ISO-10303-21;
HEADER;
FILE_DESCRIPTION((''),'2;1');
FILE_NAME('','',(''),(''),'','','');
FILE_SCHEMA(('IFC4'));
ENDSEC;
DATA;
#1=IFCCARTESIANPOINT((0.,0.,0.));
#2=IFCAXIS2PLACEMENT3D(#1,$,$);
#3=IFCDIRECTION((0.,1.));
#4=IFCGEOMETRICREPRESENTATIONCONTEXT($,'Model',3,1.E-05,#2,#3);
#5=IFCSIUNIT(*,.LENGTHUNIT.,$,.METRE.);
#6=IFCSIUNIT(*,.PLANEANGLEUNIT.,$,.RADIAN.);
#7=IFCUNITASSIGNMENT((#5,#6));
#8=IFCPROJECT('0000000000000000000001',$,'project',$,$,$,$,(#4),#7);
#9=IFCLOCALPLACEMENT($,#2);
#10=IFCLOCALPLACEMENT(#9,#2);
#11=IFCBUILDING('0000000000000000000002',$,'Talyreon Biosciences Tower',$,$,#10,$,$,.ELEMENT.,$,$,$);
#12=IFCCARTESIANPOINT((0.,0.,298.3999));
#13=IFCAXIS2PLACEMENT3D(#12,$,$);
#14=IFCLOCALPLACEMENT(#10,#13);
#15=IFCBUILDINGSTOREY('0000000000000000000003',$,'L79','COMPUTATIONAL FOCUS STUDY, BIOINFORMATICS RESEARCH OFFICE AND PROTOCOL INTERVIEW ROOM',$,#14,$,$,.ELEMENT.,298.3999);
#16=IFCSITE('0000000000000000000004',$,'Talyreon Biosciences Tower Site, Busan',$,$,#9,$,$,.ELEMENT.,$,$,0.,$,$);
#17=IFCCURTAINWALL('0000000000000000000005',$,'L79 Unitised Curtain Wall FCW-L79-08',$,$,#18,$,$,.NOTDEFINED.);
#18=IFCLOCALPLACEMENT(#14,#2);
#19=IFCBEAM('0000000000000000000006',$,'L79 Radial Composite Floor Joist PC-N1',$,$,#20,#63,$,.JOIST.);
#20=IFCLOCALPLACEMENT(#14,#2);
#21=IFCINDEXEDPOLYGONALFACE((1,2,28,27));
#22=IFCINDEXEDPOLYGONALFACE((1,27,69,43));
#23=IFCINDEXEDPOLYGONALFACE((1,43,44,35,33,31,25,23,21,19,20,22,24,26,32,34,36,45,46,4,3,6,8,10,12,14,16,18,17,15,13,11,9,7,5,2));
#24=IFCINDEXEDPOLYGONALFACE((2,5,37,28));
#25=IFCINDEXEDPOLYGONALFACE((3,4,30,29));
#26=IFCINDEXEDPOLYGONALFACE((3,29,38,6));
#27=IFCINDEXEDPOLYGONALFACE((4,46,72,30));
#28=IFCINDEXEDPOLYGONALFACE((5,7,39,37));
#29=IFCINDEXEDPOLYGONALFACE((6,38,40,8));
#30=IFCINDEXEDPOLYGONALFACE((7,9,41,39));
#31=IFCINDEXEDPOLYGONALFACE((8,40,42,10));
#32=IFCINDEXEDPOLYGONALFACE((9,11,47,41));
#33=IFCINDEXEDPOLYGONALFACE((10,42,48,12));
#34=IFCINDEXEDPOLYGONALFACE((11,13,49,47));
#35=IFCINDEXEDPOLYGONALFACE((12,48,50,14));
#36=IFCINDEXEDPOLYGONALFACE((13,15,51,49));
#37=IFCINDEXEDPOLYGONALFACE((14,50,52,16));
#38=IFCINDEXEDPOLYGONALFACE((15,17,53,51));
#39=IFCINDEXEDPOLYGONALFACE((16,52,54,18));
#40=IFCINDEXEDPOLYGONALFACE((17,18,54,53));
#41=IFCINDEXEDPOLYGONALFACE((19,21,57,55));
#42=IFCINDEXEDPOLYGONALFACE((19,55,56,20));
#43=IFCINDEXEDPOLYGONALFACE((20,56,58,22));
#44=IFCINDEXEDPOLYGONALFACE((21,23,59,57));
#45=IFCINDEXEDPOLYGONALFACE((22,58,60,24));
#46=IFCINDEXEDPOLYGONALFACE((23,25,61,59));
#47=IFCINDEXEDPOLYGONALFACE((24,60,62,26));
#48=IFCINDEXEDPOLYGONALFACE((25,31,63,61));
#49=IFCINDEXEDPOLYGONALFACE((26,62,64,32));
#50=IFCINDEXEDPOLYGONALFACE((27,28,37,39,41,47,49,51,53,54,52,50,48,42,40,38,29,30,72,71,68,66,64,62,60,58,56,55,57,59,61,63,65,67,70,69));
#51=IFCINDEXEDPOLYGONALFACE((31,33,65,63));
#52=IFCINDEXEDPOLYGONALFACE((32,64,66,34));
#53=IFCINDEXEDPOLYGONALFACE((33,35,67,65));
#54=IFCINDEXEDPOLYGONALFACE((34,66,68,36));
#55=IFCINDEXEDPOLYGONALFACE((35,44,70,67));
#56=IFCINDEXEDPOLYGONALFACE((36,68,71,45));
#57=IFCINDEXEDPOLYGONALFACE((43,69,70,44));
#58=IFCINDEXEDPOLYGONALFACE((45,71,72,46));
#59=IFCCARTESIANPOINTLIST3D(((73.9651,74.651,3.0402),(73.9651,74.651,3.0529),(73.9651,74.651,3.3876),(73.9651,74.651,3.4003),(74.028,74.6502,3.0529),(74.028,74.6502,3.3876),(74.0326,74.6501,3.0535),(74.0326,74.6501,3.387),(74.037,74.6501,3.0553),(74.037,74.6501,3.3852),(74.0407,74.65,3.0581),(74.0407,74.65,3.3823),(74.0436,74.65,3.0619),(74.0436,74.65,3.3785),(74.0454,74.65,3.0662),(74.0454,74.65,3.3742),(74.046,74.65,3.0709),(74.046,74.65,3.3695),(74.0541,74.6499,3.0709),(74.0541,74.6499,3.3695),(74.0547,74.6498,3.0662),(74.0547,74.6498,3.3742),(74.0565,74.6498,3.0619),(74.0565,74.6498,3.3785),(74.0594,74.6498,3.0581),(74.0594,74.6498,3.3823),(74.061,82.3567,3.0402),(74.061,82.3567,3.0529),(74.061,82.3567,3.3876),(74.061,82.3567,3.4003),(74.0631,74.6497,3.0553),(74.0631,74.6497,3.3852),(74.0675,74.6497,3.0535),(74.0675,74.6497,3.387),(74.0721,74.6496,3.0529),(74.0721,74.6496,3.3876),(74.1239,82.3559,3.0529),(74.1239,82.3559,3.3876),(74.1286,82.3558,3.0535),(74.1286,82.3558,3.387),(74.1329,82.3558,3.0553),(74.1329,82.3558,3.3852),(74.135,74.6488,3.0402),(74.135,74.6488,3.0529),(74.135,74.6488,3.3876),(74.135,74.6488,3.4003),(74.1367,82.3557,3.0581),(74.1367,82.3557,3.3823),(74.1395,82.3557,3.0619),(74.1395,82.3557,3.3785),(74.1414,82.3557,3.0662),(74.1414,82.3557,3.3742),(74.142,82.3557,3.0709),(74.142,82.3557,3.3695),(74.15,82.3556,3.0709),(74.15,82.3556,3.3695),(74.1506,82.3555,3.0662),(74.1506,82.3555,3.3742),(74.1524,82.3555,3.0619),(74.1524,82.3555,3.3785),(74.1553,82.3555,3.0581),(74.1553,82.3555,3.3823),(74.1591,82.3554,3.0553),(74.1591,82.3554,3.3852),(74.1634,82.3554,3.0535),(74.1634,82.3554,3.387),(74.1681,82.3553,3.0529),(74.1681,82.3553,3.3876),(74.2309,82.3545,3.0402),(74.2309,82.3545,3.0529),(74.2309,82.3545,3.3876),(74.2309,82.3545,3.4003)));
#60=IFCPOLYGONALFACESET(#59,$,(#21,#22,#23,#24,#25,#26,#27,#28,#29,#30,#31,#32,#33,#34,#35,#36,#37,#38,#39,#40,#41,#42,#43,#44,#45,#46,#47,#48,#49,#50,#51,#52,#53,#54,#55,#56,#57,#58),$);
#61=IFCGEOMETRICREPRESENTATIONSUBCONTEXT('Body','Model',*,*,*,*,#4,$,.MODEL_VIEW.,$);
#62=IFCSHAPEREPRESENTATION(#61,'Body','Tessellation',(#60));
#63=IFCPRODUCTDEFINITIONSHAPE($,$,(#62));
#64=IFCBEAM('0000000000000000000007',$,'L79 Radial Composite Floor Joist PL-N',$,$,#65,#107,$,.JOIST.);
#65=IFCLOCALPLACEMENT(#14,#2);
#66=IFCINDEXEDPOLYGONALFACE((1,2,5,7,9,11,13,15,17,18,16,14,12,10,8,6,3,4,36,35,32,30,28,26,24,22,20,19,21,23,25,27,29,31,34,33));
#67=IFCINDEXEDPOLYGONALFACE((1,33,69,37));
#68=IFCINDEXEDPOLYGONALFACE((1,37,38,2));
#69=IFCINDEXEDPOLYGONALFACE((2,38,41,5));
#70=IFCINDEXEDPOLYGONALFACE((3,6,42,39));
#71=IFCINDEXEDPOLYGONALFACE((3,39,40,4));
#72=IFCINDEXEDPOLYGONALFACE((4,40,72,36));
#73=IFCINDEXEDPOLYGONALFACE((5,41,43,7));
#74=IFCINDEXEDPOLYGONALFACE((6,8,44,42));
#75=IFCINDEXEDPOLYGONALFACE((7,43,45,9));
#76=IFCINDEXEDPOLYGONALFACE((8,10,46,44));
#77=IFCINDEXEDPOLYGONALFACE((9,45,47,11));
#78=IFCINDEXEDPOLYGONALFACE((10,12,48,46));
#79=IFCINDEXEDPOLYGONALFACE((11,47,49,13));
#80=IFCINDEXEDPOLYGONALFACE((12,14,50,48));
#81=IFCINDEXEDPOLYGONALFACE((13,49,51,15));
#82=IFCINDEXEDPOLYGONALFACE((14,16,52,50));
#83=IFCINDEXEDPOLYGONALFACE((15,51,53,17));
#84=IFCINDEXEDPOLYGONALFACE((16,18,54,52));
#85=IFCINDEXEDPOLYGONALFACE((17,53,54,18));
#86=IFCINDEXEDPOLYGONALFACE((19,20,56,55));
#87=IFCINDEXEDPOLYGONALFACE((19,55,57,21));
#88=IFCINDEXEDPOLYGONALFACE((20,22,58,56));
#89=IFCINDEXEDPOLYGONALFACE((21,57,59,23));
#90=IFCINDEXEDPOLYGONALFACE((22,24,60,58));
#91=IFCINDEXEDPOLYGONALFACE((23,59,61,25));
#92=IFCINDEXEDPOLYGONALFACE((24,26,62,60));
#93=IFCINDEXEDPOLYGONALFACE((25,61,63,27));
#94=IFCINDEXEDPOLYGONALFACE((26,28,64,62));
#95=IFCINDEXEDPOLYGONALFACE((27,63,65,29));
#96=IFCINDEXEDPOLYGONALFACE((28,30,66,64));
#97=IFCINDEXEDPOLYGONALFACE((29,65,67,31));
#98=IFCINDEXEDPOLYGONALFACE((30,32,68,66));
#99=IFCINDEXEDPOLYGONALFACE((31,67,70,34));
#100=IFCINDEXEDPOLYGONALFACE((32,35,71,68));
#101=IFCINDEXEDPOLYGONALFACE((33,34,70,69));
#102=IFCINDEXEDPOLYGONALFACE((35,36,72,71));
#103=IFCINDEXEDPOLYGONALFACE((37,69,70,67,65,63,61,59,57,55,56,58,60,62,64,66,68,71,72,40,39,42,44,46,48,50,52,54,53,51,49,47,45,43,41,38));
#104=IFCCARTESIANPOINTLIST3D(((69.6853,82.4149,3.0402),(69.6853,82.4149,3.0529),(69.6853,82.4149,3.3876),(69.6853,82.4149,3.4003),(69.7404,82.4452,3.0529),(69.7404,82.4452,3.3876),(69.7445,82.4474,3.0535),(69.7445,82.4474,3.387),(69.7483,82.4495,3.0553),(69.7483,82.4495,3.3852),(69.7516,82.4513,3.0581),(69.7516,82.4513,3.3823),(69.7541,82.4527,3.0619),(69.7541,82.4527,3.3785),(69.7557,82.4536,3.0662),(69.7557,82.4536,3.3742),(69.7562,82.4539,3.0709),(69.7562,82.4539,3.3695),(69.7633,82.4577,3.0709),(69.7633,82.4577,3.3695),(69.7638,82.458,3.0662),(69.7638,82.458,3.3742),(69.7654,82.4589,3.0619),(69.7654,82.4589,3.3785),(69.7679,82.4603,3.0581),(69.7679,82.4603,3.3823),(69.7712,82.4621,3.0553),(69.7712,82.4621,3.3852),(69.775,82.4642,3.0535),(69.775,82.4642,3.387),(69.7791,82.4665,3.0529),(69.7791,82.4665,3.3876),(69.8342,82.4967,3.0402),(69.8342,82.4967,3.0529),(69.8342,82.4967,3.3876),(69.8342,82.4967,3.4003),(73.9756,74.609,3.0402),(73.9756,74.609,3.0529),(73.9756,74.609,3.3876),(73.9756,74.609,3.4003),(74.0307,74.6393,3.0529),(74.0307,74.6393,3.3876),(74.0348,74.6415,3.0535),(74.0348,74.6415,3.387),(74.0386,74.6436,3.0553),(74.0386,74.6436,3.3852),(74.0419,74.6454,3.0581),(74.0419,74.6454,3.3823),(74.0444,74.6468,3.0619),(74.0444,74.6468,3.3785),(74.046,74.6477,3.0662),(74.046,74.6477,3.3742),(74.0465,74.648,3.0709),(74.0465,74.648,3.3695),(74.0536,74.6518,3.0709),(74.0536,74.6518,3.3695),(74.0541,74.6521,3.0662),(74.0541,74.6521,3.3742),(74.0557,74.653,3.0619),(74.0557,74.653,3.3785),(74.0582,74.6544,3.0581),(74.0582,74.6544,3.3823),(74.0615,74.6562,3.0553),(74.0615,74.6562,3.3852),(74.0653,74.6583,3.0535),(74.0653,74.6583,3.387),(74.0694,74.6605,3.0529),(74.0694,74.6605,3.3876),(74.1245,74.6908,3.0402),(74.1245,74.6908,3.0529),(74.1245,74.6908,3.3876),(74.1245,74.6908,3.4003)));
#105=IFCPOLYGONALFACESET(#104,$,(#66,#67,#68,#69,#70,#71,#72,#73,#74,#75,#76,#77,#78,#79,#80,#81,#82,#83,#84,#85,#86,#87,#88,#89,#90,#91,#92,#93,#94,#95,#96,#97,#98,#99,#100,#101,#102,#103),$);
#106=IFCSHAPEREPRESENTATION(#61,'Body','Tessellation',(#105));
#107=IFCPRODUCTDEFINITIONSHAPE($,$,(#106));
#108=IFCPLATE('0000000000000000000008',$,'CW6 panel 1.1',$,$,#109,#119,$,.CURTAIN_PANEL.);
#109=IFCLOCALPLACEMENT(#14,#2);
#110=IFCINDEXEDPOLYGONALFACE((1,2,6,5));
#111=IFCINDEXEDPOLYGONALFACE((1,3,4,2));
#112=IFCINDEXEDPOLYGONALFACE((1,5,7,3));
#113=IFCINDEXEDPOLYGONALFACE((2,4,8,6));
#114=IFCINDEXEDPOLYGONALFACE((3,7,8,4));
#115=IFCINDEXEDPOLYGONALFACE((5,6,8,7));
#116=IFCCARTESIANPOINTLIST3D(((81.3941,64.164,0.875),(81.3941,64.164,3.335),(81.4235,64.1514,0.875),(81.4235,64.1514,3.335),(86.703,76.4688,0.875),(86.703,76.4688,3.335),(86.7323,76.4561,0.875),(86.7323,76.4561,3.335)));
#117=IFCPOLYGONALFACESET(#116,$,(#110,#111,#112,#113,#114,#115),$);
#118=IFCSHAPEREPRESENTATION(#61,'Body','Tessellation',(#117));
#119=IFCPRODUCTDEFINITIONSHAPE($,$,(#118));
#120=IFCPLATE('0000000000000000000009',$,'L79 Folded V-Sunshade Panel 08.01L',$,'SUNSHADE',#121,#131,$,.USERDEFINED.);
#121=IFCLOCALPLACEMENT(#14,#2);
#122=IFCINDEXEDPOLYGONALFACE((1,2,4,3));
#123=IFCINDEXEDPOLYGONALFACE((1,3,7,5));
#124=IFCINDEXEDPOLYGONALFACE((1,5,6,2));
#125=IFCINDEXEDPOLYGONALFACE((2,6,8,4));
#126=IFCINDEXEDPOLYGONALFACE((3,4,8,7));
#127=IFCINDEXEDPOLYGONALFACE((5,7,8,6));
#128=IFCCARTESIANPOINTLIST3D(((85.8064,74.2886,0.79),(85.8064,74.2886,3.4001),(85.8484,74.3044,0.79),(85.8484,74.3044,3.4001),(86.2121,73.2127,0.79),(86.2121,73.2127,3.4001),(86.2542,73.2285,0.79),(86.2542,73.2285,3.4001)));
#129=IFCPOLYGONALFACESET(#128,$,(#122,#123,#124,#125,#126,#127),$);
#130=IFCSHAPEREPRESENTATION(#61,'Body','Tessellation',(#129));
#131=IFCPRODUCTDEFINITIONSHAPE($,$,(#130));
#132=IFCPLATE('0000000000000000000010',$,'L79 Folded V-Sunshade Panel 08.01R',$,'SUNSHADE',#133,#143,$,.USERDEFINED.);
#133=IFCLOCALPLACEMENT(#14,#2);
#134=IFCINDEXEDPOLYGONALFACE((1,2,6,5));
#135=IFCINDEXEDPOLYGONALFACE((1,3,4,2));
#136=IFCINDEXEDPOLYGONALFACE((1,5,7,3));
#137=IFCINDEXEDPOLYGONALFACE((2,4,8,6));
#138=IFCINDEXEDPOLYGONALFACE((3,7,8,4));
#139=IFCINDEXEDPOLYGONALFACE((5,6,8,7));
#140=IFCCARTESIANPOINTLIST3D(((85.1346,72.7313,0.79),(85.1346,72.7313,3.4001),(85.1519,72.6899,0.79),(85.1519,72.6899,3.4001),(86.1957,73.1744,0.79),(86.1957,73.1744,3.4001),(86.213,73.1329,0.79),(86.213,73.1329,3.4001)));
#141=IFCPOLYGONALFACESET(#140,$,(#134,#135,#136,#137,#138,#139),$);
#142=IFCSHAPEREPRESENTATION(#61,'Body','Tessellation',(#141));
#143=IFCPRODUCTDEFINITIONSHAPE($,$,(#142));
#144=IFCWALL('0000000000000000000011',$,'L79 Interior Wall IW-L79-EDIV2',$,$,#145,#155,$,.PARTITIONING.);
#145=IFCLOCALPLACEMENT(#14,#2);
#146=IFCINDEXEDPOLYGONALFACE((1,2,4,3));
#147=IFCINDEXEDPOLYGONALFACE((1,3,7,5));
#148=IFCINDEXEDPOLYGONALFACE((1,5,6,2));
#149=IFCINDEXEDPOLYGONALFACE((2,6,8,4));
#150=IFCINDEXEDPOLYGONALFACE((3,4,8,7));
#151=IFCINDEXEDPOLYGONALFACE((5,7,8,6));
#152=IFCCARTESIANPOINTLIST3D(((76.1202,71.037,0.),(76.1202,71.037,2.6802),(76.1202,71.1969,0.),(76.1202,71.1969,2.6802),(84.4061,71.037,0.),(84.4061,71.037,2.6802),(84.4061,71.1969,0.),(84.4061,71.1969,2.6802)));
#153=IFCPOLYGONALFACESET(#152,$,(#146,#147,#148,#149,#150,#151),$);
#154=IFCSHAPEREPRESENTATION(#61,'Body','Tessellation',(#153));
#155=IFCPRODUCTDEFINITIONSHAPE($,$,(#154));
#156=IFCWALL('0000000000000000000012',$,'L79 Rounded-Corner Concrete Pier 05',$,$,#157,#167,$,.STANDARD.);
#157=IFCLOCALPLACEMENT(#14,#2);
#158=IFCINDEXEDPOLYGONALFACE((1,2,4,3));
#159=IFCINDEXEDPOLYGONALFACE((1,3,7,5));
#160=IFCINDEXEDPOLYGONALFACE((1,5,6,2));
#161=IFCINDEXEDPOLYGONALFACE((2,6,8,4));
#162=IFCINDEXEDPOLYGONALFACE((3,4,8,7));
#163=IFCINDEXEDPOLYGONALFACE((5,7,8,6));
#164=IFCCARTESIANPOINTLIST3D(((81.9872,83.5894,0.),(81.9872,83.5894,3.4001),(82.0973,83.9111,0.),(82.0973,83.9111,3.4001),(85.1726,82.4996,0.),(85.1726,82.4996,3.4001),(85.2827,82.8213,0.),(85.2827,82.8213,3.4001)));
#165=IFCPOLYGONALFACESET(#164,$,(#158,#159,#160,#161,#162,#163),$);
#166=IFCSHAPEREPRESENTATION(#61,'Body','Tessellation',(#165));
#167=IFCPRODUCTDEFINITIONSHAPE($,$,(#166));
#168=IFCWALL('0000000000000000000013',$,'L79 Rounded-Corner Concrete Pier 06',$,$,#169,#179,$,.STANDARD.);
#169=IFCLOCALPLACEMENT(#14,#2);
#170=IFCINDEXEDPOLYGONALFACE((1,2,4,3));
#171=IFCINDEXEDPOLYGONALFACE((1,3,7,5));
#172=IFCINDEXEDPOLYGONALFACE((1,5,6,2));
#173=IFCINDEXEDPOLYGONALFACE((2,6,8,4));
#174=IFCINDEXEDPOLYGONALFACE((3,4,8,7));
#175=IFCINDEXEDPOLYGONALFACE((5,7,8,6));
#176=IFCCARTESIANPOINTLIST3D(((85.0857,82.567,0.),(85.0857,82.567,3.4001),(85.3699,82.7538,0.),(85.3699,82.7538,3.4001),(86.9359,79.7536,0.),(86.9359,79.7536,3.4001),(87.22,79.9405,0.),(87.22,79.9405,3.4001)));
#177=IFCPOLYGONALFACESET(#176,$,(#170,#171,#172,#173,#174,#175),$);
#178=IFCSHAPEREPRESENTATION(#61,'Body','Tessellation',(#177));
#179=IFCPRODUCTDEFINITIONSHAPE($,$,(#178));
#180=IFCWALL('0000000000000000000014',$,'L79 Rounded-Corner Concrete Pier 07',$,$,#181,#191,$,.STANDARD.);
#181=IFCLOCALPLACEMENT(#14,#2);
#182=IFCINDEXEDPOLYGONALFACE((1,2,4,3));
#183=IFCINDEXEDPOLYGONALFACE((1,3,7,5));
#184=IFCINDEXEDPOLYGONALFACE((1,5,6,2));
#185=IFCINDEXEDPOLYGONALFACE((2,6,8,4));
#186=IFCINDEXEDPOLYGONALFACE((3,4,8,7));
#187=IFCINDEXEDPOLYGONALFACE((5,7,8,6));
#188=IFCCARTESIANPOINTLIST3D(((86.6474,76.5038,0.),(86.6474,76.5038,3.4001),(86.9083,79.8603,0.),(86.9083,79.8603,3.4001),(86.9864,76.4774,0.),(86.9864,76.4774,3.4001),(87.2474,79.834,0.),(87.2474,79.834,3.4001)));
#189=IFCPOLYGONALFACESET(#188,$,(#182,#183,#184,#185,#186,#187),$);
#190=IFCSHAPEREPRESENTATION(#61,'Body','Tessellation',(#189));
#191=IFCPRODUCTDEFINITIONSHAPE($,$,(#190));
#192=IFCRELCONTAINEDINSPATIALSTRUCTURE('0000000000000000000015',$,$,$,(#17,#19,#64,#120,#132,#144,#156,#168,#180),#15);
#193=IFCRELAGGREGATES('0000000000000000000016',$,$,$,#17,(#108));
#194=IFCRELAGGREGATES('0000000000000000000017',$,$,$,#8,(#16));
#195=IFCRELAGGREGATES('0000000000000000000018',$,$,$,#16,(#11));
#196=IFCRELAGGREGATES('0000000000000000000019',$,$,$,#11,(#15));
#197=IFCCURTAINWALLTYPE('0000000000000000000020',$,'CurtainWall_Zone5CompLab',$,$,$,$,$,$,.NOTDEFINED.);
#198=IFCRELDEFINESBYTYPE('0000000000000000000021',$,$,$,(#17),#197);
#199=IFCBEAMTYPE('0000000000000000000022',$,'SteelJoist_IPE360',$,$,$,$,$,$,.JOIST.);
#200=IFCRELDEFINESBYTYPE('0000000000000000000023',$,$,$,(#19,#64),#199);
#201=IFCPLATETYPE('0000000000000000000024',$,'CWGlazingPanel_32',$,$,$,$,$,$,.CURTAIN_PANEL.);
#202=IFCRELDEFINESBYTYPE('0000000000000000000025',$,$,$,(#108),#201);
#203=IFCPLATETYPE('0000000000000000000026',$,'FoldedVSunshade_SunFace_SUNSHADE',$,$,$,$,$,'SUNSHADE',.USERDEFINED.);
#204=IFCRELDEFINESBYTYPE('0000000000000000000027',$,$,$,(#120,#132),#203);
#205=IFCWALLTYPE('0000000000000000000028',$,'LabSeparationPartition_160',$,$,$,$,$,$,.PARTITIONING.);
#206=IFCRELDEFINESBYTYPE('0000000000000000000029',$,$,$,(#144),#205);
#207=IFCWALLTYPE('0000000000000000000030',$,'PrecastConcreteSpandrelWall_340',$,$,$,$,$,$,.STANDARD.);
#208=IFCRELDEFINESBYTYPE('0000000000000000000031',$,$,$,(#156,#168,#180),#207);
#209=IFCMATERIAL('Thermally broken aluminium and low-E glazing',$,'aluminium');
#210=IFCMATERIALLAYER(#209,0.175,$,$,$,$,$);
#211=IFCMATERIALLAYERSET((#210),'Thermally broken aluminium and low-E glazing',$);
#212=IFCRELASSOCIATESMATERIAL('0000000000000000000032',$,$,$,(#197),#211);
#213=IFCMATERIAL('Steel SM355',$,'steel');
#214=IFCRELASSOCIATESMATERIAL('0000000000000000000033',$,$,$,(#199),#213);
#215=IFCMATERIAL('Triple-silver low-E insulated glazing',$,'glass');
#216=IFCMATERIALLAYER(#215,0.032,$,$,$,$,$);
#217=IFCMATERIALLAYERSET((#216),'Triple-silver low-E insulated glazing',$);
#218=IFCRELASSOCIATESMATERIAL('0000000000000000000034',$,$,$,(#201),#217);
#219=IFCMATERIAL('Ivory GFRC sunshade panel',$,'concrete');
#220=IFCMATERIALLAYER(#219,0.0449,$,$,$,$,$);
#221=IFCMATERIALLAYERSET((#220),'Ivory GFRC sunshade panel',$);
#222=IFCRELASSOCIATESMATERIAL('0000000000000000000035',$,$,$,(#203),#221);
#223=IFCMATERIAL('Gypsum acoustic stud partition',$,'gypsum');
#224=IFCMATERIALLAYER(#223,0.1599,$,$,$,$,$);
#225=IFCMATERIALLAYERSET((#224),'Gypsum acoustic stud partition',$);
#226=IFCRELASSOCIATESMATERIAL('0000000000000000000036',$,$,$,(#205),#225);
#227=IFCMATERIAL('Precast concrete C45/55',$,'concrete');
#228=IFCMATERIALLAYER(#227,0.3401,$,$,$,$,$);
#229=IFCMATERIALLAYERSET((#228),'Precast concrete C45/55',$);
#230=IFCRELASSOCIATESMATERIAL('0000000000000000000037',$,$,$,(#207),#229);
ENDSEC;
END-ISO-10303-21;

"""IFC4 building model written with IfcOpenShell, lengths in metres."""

from ifc_helpers import new_model, si_unit, direction, frame, frame_2d, origin, origin_2d, place, context, subcontext, project, spatial, rectangle, i_section, extrude, material, layer, layer_set, material_profile, profile_set, type_object, element, aggregate, save


model = new_model("IFC4")

# Units and contexts
model_context = context("Model", 3, precision=1e-05, world=origin(), true_north=direction((0.0, 1.0)))
body_context = subcontext(model_context, "Body", "Model", "MODEL_VIEW")
ifc_project = project(units=[si_unit("LENGTHUNIT", "METRE"), si_unit("PLANEANGLEUNIT", "RADIAN")], contexts=[model_context])

# Site, building, storey
site_placement = place(None, origin())
site = spatial("IfcSite", under=ifc_project, at=site_placement, Name="Talyreon Biosciences Tower Site, Busan", CompositionType="ELEMENT", RefElevation=0.0)
building_placement = place(site_placement, origin())
building = spatial("IfcBuilding", under=site, at=building_placement, Name="Talyreon Biosciences Tower", CompositionType="ELEMENT")
storey_placement = place(building_placement, frame((0.0, 0.0, 298.3999)))
storey = spatial("IfcBuildingStorey", under=building, at=storey_placement, Name="L79", Description="COMPUTATIONAL FOCUS STUDY, BIOINFORMATICS RESEARCH OFFICE AND PROTOCOL INTERVIEW ROOM", CompositionType="ELEMENT", Elevation=298.3999)

# Shared definitions
ifc_material_1 = material(Name="Thermally broken aluminium and low-E glazing", Category="aluminium")
ifc_layer_1 = layer(ifc_material_1, 0.175)
ifc_layer_set_1 = layer_set([ifc_layer_1], Name="Thermally broken aluminium and low-E glazing")
curtain_wall_type = type_object("IfcCurtainWallType", Name="CurtainWall_Zone5CompLab", PredefinedType="NOTDEFINED", material=ifc_layer_set_1)

# Curtain wall
curtain_wall_1_placement = place(storey_placement, origin())
curtain_wall_1 = element("IfcCurtainWall", 1, at=curtain_wall_1_placement, inside=storey, type_object=curtain_wall_type, Name="L79 Unitised Curtain Wall FCW-L79-08", PredefinedType="NOTDEFINED")

# Beams
ifc_material_2 = material(Name="Precast concrete C45/55", Category="concrete")
ifc_material_3 = material(Name="Steel SM355", Category="steel")
ifc_material_profile_1 = material_profile(ifc_material_3, i_section(OverallWidth=0.1699, OverallDepth=0.3601, WebThickness=0.0081, FlangeThickness=0.0127, FilletRadius=0.0181, at=origin_2d()), Name="IPE360")
ifc_profile_set_1 = profile_set([ifc_material_profile_1], Name="Steel SM355")
beam_type_1 = type_object("IfcBeamType", Name="SteelJoist_IPE360", PredefinedType="JOIST", material=ifc_profile_set_1)
beam_1_placement = place(storey_placement, frame((74.05, 74.6499, 3.2202), z_axis=(0.01245, 0.999922, 0.0), x_axis=(-0.999922, 0.01245, 0.0)))
element("IfcBeam", 2, at=beam_1_placement, inside=storey, type_object=beam_type_1, Name="L79 Radial Composite Floor Joist PC-N1", PredefinedType="JOIST", context=body_context, shape_type="SweptSolid", body=[
    extrude(i_section(OverallWidth=0.1699, OverallDepth=0.3601, WebThickness=0.0081, FlangeThickness=0.0127, FilletRadius=0.0181, at=origin_2d()), origin(), (0.0, 0.0, 1.0), 7.7063),
])
beam_2_placement = place(storey_placement, frame((74.05, 74.6499, 3.2202), z_axis=(-0.481663, 0.876356, 0.0), x_axis=(-0.876356, -0.481663, 0.0)))
element("IfcBeam", 3, at=beam_2_placement, inside=storey, type_object=beam_type_1, Name="L79 Radial Composite Floor Joist PL-N", PredefinedType="JOIST", context=body_context, shape_type="SweptSolid", body=[
    extrude(i_section(OverallWidth=0.1699, OverallDepth=0.3601, WebThickness=0.0081, FlangeThickness=0.0127, FilletRadius=0.0181, at=origin_2d()), origin(), (0.0, 0.0, 1.0), 8.9072),
])

# Plate
ifc_material_4 = material(Name="Triple-silver low-E insulated glazing", Category="glass")
ifc_layer_2 = layer(ifc_material_4, 0.032)
ifc_layer_set_2 = layer_set([ifc_layer_2], Name="Triple-silver low-E insulated glazing")
plate_type_1 = type_object("IfcPlateType", Name="CWGlazingPanel_32", PredefinedType="CURTAIN_PANEL", material=ifc_layer_set_2)
plate_placement = place(storey_placement, frame((84.0632, 70.3101, 0.875), z_axis=(0.0, 0.0, 1.0), x_axis=(-0.396147, -0.918187, 0.0)))
plate = element("IfcPlate", 4, at=plate_placement, type_object=plate_type_1, Name="CW6 panel 1.1", PredefinedType="CURTAIN_PANEL", context=body_context, shape_type="SweptSolid", body=[
    extrude(rectangle(XDim=13.4011, YDim=0.032, at=origin_2d()), origin(), (0.0, 0.0, 1.0), 2.46),
])
aggregate(curtain_wall_1, [plate])

# Plates
ifc_material_5 = material(Name="Ivory GFRC sunshade panel", Category="concrete")
ifc_layer_3 = layer(ifc_material_5, 0.0449)
ifc_layer_set_3 = layer_set([ifc_layer_3], Name="Ivory GFRC sunshade panel")
plate_type_2 = type_object("IfcPlateType", Name="FoldedVSunshade_SunFace_SUNSHADE", ElementType="SUNSHADE", PredefinedType="USERDEFINED", material=ifc_layer_set_3)
for number, where, z_axis, x_axis, name in (
    (5, (86.0303, 73.7585, 0.79), (0.0, 0.0, 1.0), (0.352871, -0.935672, 0.0), "L79 Folded V-Sunshade Panel 08.01L"),
    (6, (85.6738, 72.9321, 0.79), (0.0, 0.0, 1.0), (-0.922787, -0.38531, 0.0), "L79 Folded V-Sunshade Panel 08.01R"),
):
    element("IfcPlate", number, at=place(storey_placement, frame(where, z_axis=z_axis, x_axis=x_axis)), inside=storey, type_object=plate_type_2, Name=name, ObjectType="SUNSHADE", PredefinedType="USERDEFINED", context=body_context, shape_type="SweptSolid", body=[
        extrude(rectangle(XDim=1.1499, YDim=0.0449, at=origin_2d()), origin(), (0.0, 0.0, 1.0), 2.6101),
    ])

# Walls
ifc_material_6 = material(Name="Gypsum acoustic stud partition", Category="gypsum")
ifc_layer_4 = layer(ifc_material_6, 0.1599)
ifc_layer_set_4 = layer_set([ifc_layer_4], Name="Gypsum acoustic stud partition")
wall_type_1 = type_object("IfcWallType", Name="LabSeparationPartition_160", PredefinedType="PARTITIONING", material=ifc_layer_set_4)
wall_1_placement = place(storey_placement, frame((76.1201, 71.1169, 0.0), z_axis=(0.0, 0.0, 1.0), x_axis=(1.0, 0.0, 0.0)))
element("IfcWall", 7, at=wall_1_placement, inside=storey, type_object=wall_type_1, Name="L79 Interior Wall IW-L79-EDIV2", PredefinedType="PARTITIONING", context=body_context, shape_type="SweptSolid", body=[
    extrude(rectangle(XDim=8.2859, YDim=0.1599, at=frame_2d((4.1431, 0.0))), origin(), (0.0, 0.0, 1.0), 2.6802),
])
ifc_layer_5 = layer(ifc_material_2, 0.3401)
ifc_layer_set_5 = layer_set([ifc_layer_5], Name="Precast concrete C45/55")
wall_type_2 = type_object("IfcWallType", Name="PrecastConcreteSpandrelWall_340", PredefinedType="STANDARD", material=ifc_layer_set_5)
wall_2_placement = place(storey_placement, frame((82.0422, 83.7502, 0.0), z_axis=(0.0, 0.0, 1.0), x_axis=(0.946159, -0.323701, 0.0)))
element("IfcWall", 8, at=wall_2_placement, inside=storey, type_object=wall_type_2, Name="L79 Rounded-Corner Concrete Pier 05", PredefinedType="STANDARD", context=body_context, shape_type="SweptSolid", body=[
    extrude(rectangle(XDim=3.3667, YDim=0.3401, at=frame_2d((1.6833, 0.0))), origin(), (0.0, 0.0, 1.0), 3.4001),
])
wall_3_placement = place(storey_placement, frame((85.2278, 82.6604, 0.0), z_axis=(0.0, 0.0, 1.0), x_axis=(0.549469, -0.835514, 0.0)))
element("IfcWall", 9, at=wall_3_placement, inside=storey, type_object=wall_type_2, Name="L79 Rounded-Corner Concrete Pier 06", PredefinedType="STANDARD", context=body_context, shape_type="SweptSolid", body=[
    extrude(rectangle(XDim=3.3672, YDim=0.3401, at=frame_2d((1.6836, 0.0))), origin(), (0.0, 0.0, 1.0), 3.4001),
])
wall_4_placement = place(storey_placement, frame((87.0779, 79.8472, 0.0), z_axis=(0.0, 0.0, 1.0), x_axis=(-0.077517, -0.996991, 0.0)))
element("IfcWall", 10, at=wall_4_placement, inside=storey, type_object=wall_type_2, Name="L79 Rounded-Corner Concrete Pier 07", PredefinedType="STANDARD", context=body_context, shape_type="SweptSolid", body=[
    extrude(rectangle(XDim=3.3667, YDim=0.3401, at=frame_2d((1.6833, 0.0))), origin(), (0.0, 0.0, 1.0), 3.4001),
])

save(model, "model.ifc")
